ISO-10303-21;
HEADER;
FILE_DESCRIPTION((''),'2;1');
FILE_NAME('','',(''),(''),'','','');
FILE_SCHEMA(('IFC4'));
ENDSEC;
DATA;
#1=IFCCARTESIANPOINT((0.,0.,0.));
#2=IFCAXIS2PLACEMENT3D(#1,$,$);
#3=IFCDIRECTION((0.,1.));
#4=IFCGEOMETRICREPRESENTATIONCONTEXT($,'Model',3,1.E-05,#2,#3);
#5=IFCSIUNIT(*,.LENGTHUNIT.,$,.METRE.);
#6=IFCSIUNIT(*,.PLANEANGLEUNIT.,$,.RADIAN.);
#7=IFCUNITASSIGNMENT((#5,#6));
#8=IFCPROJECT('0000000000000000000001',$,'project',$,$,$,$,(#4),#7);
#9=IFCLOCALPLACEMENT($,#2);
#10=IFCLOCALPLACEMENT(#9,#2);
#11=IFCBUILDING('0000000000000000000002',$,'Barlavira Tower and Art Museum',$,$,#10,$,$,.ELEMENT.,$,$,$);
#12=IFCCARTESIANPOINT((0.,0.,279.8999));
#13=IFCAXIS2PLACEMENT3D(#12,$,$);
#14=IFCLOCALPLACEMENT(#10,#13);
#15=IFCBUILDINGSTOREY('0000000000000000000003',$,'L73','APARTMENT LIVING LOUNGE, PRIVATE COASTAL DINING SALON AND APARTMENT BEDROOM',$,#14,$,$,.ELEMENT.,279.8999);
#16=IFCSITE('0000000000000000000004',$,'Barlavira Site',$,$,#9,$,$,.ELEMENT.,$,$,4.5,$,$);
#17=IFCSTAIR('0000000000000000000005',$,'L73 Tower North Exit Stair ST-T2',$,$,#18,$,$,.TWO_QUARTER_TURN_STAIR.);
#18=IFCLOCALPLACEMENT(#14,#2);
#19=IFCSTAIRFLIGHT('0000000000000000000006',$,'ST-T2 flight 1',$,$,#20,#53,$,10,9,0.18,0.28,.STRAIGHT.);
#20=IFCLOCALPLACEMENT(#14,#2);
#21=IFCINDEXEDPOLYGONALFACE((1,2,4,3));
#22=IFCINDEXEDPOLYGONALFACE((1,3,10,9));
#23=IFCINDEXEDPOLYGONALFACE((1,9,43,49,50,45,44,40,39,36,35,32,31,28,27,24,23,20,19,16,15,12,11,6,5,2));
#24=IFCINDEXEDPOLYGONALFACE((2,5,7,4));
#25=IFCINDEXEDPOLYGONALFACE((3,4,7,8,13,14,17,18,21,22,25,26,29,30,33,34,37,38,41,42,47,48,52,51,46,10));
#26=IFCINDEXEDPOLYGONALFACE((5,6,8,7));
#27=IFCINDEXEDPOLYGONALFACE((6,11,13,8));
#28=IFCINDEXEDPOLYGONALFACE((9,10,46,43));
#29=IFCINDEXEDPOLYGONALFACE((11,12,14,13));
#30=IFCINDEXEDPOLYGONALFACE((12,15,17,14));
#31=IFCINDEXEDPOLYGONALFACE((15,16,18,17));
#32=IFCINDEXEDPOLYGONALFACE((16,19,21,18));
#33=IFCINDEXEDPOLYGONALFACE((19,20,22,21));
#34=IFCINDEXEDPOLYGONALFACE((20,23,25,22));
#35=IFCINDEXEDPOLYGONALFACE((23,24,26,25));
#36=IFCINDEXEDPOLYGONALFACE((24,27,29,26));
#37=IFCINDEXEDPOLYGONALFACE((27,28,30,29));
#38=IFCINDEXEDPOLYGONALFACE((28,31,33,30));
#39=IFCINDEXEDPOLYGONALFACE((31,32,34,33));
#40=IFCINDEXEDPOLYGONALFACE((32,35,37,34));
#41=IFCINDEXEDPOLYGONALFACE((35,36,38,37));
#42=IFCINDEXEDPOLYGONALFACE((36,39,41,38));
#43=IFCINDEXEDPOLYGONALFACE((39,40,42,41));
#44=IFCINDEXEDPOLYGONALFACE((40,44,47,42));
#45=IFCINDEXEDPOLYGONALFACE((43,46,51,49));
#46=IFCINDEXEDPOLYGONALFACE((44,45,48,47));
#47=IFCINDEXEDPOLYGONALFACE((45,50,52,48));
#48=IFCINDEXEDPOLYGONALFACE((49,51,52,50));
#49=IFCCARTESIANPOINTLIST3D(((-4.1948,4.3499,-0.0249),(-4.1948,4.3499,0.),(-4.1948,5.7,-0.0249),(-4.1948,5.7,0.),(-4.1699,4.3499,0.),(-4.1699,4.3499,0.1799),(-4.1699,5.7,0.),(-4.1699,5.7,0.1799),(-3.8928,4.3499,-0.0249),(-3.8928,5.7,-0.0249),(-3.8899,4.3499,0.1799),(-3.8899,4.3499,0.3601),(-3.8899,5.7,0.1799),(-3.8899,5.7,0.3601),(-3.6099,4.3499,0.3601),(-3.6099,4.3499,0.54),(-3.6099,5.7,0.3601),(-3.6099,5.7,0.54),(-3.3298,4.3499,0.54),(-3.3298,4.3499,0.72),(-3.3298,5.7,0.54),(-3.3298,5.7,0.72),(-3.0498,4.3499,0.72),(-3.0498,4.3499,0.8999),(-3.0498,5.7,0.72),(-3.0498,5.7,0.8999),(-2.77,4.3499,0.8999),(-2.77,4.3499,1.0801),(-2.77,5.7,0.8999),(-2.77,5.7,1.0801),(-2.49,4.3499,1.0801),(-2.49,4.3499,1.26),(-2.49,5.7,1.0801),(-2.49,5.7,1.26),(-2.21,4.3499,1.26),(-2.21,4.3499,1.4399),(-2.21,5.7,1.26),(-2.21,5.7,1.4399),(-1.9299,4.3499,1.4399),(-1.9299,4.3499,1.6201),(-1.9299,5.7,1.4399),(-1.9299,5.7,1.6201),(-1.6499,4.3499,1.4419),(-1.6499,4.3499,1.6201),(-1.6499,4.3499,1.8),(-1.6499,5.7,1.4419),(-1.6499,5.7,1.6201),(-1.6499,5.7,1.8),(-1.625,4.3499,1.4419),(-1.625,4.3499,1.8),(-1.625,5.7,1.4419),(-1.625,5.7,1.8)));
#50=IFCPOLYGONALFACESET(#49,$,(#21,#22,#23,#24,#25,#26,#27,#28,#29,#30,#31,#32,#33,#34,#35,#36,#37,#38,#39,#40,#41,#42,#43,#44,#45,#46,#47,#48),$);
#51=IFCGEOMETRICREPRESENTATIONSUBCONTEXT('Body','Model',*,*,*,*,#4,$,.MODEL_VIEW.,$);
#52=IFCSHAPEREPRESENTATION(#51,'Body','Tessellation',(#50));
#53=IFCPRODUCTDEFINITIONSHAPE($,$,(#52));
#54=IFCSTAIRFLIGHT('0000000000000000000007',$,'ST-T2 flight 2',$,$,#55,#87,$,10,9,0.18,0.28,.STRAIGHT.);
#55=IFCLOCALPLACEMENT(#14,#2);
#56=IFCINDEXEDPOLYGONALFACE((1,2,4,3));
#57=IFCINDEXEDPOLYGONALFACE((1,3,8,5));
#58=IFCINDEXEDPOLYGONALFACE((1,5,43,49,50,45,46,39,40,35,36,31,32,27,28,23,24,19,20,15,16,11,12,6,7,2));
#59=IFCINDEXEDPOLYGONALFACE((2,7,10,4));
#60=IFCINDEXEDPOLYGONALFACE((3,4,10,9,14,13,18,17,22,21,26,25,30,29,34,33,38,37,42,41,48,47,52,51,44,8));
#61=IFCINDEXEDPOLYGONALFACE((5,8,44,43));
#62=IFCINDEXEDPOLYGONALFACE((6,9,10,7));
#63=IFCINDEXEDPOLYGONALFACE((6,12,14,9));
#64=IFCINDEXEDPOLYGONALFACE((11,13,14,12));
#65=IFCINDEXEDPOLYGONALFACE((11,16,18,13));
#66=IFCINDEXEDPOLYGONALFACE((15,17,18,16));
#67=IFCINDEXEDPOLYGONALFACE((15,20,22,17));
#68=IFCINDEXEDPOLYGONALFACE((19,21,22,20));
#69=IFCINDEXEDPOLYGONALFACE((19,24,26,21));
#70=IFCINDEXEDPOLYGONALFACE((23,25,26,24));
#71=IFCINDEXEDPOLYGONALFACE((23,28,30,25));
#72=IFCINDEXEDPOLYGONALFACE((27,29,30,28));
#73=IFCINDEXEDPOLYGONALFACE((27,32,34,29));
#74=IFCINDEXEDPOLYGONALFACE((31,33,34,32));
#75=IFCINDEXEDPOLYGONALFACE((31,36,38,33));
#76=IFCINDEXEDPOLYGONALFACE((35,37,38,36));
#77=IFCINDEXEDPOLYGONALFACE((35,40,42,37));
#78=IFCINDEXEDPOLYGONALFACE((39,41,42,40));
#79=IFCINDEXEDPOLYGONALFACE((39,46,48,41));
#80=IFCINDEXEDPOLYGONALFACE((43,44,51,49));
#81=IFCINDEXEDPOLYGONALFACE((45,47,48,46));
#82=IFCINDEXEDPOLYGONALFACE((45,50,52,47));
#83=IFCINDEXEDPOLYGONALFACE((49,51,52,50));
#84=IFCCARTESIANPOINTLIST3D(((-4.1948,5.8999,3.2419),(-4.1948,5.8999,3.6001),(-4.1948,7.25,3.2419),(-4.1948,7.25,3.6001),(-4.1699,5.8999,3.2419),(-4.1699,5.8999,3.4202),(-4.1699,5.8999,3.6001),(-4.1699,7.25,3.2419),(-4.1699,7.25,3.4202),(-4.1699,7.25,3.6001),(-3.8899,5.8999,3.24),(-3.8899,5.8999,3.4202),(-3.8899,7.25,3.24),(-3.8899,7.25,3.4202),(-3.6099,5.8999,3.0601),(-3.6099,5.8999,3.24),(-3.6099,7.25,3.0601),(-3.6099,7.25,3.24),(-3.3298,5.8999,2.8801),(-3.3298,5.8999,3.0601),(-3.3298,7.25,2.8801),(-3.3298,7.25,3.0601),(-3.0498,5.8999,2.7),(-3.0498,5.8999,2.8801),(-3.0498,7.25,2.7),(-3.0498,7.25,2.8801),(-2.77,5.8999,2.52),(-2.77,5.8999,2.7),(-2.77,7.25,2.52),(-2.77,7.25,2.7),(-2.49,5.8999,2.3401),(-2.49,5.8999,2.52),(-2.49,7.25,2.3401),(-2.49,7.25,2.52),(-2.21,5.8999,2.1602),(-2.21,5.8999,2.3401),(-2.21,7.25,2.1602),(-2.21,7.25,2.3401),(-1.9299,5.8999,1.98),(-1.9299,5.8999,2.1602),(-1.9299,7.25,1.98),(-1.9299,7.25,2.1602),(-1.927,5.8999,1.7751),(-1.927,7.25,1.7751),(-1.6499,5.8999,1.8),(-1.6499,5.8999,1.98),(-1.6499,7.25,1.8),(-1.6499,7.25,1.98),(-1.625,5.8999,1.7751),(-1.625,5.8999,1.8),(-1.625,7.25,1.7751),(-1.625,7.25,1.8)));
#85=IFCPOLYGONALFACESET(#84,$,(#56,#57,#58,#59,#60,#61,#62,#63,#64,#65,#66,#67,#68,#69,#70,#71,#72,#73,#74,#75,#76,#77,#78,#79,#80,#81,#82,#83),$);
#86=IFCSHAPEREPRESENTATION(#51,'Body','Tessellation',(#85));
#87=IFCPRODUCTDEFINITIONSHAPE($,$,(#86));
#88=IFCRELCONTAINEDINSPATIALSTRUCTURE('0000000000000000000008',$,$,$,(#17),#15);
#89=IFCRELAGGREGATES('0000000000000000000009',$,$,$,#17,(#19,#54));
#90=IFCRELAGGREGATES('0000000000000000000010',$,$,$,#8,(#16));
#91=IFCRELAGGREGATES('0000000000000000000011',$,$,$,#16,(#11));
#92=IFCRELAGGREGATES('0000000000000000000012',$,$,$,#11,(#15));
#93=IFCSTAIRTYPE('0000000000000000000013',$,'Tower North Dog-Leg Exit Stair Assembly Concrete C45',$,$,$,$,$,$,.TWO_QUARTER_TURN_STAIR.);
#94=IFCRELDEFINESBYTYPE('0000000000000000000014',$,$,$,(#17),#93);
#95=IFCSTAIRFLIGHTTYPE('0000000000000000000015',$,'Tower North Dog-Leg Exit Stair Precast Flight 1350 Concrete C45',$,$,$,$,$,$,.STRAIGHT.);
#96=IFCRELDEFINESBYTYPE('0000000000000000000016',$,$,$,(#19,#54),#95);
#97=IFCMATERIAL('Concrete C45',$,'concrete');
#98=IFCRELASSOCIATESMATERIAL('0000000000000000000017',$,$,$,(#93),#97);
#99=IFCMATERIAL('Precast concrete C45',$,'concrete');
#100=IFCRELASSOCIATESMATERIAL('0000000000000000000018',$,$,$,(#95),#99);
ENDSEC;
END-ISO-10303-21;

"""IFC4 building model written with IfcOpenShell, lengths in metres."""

from ifc_helpers import new_model, si_unit, direction, frame, origin, place, context, subcontext, project, spatial, polyline, outline, extrude, material, type_object, element, aggregate, save


model = new_model("IFC4")

# Units and contexts
model_context = context("Model", 3, precision=1e-05, world=origin(), true_north=direction((0.0, 1.0)))
body_context = subcontext(model_context, "Body", "Model", "MODEL_VIEW")
ifc_project = project(units=[si_unit("LENGTHUNIT", "METRE"), si_unit("PLANEANGLEUNIT", "RADIAN")], contexts=[model_context])

# Site, building, storey
site_placement = place(None, origin())
site = spatial("IfcSite", under=ifc_project, at=site_placement, Name="Barlavira Site", CompositionType="ELEMENT", RefElevation=4.5)
building_placement = place(site_placement, origin())
building = spatial("IfcBuilding", under=site, at=building_placement, Name="Barlavira Tower and Art Museum", CompositionType="ELEMENT")
storey_placement = place(building_placement, frame((0.0, 0.0, 279.8999)))
storey = spatial("IfcBuildingStorey", under=building, at=storey_placement, Name="L73", Description="APARTMENT LIVING LOUNGE, PRIVATE COASTAL DINING SALON AND APARTMENT BEDROOM", CompositionType="ELEMENT", Elevation=279.8999)

# Stair, stair flights
ifc_material_1 = material(Name="Concrete C45", Category="concrete")
stair_type = type_object("IfcStairType", Name="Tower North Dog-Leg Exit Stair Assembly Concrete C45", PredefinedType="TWO_QUARTER_TURN_STAIR", material=ifc_material_1)
stair_placement = place(storey_placement, origin())
stair = element("IfcStair", 1, at=stair_placement, inside=storey, type_object=stair_type, Name="L73 Tower North Exit Stair ST-T2", PredefinedType="TWO_QUARTER_TURN_STAIR")
ifc_material_2 = material(Name="Precast concrete C45", Category="concrete")
stair_flight_type = type_object("IfcStairFlightType", Name="Tower North Dog-Leg Exit Stair Precast Flight 1350 Concrete C45", PredefinedType="STRAIGHT", material=ifc_material_2)
stair_flight_1_placement = place(storey_placement, frame((-4.1699, 5.0249, 0.0), z_axis=(0.0, 0.0, 1.0), x_axis=(1.0, 0.0, 0.0)))
stair_flight_1 = element("IfcStairFlight", 2, at=stair_flight_1_placement, type_object=stair_flight_type, Name="ST-T2 flight 1", NumberOfRisers=10, NumberOfTreads=9, PredefinedType="STRAIGHT", RiserHeight=0.18, TreadLength=0.28, context=body_context, shape_type="SweptSolid", body=[
    extrude(outline(polyline([(-0.0249, 0.0), (0.0, 0.0), (0.0, 0.1799), (0.28, 0.1799), (0.28, 0.3601), (0.5601, 0.3601), (0.5601, 0.54), (0.8401, 0.54), (0.8401, 0.72), (1.1201, 0.72), (1.1201, 0.8999), (1.3999, 0.8999), (1.3999, 1.0801), (1.6799, 1.0801), (1.6799, 1.26), (1.96, 1.26), (1.96, 1.4399), (2.24, 1.4399), (2.24, 1.6201), (2.52, 1.6201), (2.52, 1.8), (2.5449, 1.8), (2.5449, 1.4419), (2.52, 1.4419), (0.2771, -0.0249), (-0.0249, -0.0249), (-0.0249, 0.0)])), frame((0.0, 0.675, 0.0), z_axis=(0.0, -1.0, 0.0), x_axis=(1.0, 0.0, 0.0)), (0.0, 0.0, 1.0), 1.3501),
])
stair_flight_2_placement = place(storey_placement, frame((-1.6499, 6.575, 1.8), z_axis=(0.0, 0.0, 1.0), x_axis=(-1.0, 0.0, 0.0)))
stair_flight_2 = element("IfcStairFlight", 3, at=stair_flight_2_placement, type_object=stair_flight_type, Name="ST-T2 flight 2", NumberOfRisers=10, NumberOfTreads=9, PredefinedType="STRAIGHT", RiserHeight=0.18, TreadLength=0.28, context=body_context, shape_type="SweptSolid", body=[
    extrude(outline(polyline([(-0.0249, 0.0), (0.0, 0.0), (0.0, 0.1799), (0.28, 0.1799), (0.28, 0.3601), (0.5601, 0.3601), (0.5601, 0.54), (0.8401, 0.54), (0.8401, 0.72), (1.1201, 0.72), (1.1201, 0.8999), (1.3999, 0.8999), (1.3999, 1.0801), (1.6799, 1.0801), (1.6799, 1.26), (1.96, 1.26), (1.96, 1.4399), (2.24, 1.4399), (2.24, 1.6201), (2.52, 1.6201), (2.52, 1.8), (2.5449, 1.8), (2.5449, 1.4419), (2.52, 1.4419), (0.2771, -0.0249), (-0.0249, -0.0249), (-0.0249, 0.0)])), frame((0.0, 0.675, 0.0), z_axis=(0.0, -1.0, 0.0), x_axis=(1.0, 0.0, 0.0)), (0.0, 0.0, 1.0), 1.3501),
])
aggregate(stair, [stair_flight_1, stair_flight_2])

save(model, "model.ifc")
